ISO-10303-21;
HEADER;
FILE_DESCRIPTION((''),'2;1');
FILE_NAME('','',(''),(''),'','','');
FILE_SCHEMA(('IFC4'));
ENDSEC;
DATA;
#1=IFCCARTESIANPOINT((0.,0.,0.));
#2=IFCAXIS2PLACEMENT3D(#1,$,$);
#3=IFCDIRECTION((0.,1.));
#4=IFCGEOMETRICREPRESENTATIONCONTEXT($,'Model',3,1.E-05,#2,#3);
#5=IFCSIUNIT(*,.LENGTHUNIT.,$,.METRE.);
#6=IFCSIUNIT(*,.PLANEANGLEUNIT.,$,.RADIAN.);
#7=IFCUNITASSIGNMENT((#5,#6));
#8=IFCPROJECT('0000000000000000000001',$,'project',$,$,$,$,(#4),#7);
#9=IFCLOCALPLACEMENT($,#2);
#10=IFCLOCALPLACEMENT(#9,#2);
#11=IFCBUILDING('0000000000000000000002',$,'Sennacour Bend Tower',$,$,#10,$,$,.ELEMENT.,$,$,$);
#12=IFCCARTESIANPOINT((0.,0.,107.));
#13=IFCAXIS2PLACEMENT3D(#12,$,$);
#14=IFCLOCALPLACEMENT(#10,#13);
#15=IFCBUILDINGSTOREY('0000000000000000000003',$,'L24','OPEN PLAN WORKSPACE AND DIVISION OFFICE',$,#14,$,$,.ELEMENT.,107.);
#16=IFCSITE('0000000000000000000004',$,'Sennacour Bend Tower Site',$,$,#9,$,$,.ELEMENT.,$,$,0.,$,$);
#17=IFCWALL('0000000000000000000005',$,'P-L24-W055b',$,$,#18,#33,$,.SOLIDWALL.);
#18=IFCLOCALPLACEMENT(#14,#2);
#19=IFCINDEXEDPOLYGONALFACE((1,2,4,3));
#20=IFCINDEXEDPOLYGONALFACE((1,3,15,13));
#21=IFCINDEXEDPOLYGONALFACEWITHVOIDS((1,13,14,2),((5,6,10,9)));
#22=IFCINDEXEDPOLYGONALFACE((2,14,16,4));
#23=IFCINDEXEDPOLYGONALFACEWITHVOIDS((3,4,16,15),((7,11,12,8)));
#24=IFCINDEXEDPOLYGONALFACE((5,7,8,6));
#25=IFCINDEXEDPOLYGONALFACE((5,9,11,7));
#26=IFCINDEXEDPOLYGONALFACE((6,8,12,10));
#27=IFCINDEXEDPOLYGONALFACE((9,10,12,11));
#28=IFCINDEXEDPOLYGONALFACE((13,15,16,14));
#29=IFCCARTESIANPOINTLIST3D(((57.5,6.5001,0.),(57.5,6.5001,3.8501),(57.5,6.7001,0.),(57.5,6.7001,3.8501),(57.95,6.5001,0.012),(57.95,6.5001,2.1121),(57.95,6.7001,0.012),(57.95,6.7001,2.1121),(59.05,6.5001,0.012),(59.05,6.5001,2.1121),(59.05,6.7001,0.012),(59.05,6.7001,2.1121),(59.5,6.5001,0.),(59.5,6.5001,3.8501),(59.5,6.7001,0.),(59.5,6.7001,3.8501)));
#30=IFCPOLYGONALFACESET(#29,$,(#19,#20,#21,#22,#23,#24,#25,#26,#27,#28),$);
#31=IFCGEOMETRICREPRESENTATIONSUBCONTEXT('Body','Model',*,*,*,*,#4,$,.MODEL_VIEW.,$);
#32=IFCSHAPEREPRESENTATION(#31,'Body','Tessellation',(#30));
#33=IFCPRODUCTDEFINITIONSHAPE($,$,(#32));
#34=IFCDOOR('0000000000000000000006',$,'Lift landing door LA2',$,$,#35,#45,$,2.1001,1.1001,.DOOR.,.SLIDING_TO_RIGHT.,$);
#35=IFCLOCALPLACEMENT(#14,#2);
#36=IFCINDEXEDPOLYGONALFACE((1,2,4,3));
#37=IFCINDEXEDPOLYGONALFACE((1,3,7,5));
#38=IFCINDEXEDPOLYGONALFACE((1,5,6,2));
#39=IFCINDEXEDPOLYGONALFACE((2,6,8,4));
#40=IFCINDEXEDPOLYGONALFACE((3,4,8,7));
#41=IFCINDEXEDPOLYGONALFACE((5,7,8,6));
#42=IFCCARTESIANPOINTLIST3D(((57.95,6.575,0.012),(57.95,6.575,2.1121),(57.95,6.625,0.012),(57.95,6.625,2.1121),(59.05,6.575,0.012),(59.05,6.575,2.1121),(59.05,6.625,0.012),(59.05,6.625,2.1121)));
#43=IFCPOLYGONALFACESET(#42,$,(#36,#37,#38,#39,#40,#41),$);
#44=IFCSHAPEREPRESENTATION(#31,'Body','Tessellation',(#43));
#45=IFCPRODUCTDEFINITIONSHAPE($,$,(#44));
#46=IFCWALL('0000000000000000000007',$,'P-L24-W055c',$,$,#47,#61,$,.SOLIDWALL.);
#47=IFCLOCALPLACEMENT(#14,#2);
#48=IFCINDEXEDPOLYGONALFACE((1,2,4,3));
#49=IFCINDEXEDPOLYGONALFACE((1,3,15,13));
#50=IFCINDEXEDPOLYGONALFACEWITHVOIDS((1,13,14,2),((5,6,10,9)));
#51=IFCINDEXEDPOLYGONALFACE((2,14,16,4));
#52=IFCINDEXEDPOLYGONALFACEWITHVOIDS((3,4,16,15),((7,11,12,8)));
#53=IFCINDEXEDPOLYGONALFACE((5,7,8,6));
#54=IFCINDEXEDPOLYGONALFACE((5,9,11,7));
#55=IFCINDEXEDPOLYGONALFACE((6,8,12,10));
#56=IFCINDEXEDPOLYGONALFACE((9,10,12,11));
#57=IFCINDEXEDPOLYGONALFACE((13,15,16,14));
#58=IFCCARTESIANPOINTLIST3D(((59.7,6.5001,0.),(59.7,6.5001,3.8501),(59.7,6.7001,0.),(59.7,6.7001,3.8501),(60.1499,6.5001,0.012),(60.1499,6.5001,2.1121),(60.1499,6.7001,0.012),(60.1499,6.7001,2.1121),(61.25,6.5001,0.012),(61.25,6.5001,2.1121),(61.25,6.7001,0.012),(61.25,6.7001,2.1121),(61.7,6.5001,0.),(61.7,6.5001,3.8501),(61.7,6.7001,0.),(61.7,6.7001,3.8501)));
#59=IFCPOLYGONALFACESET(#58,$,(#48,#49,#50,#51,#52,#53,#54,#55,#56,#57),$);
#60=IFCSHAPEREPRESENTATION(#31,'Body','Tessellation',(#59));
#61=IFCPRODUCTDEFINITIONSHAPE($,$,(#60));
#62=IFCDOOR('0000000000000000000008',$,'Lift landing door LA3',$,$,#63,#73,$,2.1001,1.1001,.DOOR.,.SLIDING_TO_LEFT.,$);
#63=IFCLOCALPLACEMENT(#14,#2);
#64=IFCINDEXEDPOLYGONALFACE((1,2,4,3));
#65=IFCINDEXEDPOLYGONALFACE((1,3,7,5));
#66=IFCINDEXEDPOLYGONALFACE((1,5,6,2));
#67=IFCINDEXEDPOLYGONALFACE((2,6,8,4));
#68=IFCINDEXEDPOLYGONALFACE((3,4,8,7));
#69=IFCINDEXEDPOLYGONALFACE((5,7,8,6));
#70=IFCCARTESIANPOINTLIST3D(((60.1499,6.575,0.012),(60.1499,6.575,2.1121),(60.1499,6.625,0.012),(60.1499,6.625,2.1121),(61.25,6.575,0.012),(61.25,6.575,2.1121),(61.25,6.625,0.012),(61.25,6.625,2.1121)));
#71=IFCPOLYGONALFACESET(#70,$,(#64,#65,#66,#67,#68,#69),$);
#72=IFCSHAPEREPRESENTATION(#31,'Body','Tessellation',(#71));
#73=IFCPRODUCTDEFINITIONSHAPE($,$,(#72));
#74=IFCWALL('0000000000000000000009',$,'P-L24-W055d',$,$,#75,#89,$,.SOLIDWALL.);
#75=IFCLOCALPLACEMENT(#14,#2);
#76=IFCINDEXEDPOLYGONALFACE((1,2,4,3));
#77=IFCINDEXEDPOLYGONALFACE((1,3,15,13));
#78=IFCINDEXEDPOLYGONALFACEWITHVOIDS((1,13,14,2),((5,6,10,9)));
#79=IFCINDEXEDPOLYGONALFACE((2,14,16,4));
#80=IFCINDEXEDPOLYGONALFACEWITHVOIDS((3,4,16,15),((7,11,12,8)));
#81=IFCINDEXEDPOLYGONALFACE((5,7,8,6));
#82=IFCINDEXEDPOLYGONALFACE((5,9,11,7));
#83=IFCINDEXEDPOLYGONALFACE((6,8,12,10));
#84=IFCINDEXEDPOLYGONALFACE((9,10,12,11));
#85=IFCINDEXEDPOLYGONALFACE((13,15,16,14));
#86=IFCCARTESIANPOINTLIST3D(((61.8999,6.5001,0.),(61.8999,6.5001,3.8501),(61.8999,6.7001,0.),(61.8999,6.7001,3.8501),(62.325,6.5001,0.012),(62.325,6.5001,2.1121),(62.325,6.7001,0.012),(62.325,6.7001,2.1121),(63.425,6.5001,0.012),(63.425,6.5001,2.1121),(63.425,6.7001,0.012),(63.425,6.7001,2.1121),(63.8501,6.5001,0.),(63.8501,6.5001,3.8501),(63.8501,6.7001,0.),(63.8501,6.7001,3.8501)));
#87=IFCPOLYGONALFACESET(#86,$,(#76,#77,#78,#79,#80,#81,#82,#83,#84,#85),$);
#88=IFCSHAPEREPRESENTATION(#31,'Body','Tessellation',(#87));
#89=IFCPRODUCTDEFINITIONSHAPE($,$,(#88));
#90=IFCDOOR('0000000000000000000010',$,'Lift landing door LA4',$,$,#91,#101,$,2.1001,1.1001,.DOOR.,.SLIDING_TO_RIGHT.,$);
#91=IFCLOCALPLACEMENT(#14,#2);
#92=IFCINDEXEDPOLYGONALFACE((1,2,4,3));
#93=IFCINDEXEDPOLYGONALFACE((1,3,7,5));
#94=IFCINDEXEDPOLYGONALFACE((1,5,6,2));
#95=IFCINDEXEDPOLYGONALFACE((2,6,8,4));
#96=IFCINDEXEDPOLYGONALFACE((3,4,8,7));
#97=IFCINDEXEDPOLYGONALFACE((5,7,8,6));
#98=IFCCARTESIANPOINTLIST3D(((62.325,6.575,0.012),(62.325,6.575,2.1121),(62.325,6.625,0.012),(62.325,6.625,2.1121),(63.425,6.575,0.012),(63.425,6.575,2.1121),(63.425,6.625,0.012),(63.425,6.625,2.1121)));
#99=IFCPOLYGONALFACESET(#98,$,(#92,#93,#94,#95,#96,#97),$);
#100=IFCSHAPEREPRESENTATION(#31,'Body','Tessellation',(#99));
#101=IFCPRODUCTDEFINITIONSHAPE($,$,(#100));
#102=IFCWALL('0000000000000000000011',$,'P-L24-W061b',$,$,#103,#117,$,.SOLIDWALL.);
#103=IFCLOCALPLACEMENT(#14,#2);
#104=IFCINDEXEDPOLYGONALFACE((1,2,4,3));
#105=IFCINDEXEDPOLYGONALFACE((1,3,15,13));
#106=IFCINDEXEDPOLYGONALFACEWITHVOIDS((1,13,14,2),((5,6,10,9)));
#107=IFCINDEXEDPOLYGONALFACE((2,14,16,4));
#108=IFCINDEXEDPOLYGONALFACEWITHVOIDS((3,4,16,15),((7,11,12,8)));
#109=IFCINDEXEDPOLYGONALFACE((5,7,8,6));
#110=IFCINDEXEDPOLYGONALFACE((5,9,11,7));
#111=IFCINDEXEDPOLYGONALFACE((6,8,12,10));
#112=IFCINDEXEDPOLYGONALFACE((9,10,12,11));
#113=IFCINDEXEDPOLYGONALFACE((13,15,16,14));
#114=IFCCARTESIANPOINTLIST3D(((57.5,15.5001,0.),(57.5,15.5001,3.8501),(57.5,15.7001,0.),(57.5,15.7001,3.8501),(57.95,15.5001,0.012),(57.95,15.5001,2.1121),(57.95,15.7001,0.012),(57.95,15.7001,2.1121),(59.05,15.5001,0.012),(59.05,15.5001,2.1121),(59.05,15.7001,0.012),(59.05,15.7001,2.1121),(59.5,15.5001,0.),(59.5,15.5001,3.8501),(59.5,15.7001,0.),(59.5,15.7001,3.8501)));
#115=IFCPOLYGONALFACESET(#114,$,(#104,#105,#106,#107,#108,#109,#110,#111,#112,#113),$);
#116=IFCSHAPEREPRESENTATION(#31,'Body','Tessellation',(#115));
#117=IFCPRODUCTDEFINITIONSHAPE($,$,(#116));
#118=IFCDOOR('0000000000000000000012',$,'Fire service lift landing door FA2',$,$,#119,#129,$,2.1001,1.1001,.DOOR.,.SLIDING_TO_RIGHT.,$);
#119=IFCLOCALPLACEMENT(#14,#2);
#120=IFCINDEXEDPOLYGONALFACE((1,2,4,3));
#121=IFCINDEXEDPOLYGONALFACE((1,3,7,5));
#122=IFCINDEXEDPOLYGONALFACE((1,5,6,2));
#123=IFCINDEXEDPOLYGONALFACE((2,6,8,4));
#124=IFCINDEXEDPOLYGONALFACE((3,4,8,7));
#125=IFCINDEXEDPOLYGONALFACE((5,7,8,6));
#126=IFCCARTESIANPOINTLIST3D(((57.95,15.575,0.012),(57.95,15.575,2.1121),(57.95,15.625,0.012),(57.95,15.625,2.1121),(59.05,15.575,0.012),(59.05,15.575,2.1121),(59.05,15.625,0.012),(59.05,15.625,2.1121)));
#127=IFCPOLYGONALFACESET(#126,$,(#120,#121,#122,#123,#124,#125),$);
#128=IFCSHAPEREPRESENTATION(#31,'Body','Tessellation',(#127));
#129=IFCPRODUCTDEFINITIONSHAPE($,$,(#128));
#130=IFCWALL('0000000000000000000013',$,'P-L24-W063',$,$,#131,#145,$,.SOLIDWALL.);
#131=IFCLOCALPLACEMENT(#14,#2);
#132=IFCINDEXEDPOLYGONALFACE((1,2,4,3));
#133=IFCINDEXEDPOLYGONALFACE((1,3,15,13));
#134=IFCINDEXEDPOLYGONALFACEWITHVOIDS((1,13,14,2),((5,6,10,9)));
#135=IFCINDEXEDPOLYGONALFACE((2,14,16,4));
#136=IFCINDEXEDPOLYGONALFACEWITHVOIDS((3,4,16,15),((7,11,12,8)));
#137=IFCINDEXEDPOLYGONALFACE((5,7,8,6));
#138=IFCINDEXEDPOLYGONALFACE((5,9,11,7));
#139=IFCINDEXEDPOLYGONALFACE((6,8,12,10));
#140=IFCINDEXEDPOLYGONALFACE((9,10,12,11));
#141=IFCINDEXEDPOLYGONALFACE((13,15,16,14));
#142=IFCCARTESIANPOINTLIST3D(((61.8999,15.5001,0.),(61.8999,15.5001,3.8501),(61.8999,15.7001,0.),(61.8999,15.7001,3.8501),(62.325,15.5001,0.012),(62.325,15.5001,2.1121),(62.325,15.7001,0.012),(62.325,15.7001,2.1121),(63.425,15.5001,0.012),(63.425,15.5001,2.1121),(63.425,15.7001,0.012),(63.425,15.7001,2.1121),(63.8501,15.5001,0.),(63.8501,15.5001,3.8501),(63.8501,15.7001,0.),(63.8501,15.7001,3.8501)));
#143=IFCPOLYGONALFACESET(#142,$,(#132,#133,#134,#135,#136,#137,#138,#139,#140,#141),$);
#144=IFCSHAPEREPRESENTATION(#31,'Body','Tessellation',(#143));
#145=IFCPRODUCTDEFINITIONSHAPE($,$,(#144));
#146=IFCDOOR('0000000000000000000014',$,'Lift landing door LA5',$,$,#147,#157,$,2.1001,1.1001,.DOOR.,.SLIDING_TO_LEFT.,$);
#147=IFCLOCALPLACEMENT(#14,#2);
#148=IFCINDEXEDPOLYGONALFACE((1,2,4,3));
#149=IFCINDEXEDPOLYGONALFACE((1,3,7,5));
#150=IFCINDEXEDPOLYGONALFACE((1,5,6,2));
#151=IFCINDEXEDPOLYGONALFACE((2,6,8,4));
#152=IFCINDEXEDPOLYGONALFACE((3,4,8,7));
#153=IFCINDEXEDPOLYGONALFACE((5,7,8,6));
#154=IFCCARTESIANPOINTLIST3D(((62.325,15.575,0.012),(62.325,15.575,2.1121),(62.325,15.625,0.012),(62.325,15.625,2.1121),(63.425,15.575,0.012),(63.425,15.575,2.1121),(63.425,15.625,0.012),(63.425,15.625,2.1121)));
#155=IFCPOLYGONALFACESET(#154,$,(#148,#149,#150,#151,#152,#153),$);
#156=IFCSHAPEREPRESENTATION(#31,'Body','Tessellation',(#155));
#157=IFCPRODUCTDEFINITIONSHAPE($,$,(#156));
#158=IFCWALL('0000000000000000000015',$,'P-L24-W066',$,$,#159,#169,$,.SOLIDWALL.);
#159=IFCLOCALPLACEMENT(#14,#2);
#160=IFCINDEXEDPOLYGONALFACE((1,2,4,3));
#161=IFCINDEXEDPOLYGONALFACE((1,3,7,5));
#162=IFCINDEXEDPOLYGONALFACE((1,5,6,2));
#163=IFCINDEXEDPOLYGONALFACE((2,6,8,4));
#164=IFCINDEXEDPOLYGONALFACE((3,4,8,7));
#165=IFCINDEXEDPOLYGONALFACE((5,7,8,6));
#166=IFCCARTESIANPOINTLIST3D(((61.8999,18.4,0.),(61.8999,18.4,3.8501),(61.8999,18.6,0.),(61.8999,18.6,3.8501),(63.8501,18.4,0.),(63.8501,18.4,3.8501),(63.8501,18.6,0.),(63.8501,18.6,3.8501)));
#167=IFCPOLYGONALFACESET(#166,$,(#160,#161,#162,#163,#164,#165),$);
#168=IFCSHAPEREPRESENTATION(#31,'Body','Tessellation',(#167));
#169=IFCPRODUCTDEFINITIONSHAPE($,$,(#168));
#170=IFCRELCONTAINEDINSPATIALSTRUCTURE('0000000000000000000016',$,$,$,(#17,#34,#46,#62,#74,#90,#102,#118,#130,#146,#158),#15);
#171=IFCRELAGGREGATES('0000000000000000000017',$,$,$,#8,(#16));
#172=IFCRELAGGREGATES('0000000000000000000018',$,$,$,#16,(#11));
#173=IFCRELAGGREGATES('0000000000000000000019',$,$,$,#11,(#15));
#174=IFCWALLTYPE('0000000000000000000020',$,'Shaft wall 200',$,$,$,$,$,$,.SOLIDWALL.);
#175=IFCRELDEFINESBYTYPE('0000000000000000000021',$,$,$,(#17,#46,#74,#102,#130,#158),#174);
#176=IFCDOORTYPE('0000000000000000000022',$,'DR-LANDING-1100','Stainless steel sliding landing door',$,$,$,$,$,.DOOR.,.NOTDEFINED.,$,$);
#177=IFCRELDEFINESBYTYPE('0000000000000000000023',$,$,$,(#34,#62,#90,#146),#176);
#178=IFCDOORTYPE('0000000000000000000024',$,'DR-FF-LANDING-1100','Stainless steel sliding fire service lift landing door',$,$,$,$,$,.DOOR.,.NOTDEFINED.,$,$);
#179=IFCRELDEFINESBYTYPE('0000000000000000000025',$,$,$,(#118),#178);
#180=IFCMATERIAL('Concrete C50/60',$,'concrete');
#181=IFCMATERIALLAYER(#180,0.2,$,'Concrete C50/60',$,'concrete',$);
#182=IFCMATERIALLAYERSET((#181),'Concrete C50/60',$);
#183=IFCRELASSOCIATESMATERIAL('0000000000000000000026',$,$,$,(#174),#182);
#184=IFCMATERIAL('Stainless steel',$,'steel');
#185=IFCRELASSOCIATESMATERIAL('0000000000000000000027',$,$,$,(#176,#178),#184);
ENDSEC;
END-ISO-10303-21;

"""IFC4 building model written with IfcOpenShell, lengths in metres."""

from ifc_helpers import new_model, si_unit, direction, frame, frame_2d, origin, place, context, subcontext, project, spatial, rectangle, extrude, material, layer, layer_set, type_object, element, fill, save


model = new_model("IFC4")

# Units and contexts
model_context = context("Model", 3, precision=1e-05, world=origin(), true_north=direction((0.0, 1.0)))
body_context = subcontext(model_context, "Body", "Model", "MODEL_VIEW")
ifc_project = project(units=[si_unit("LENGTHUNIT", "METRE"), si_unit("PLANEANGLEUNIT", "RADIAN")], contexts=[model_context])

# Site, building, storey
site_placement = place(None, origin())
site = spatial("IfcSite", under=ifc_project, at=site_placement, Name="Sennacour Bend Tower Site", CompositionType="ELEMENT", RefElevation=0.0)
building_placement = place(site_placement, origin())
building = spatial("IfcBuilding", under=site, at=building_placement, Name="Sennacour Bend Tower", CompositionType="ELEMENT")
storey_placement = place(building_placement, frame((0.0, 0.0, 107.0)))
storey = spatial("IfcBuildingStorey", under=building, at=storey_placement, Name="L24", Description="OPEN PLAN WORKSPACE AND DIVISION OFFICE", CompositionType="ELEMENT", Elevation=107.0)

# Shared definitions
ifc_material_1 = material(Name="Concrete C50/60", Category="concrete")
ifc_layer_1 = layer(ifc_material_1, 0.2, Name="Concrete C50/60", Category="concrete")
ifc_layer_set_1 = layer_set([ifc_layer_1], Name="Concrete C50/60")
wall_type_1 = type_object("IfcWallType", Name="Shaft wall 200", PredefinedType="SOLIDWALL", material=ifc_layer_set_1)

# Walls, openings, doors
wall_1_placement = place(storey_placement, frame((57.5, 6.6001, 0.0), z_axis=(0.0, 0.0, 1.0), x_axis=(1.0, 0.0, 0.0)))
wall_1 = element("IfcWall", 1, at=wall_1_placement, inside=storey, type_object=wall_type_1, Name="P-L24-W055b", PredefinedType="SOLIDWALL", context=body_context, shape_type="SweptSolid", body=[
    extrude(rectangle(XDim=2.0, YDim=0.2, at=frame_2d((1.0, 0.0))), origin(), (0.0, 0.0, 1.0), 3.8501),
])
opening_1_placement = place(wall_1_placement, frame((0.45, 0.0, 0.012)))
opening_1 = element("IfcOpeningElement", 2, at=opening_1_placement, cuts=wall_1, PredefinedType="OPENING", context=body_context, shape_type="SweptSolid", body=[
    extrude(rectangle(XDim=1.1001, YDim=2.1001, at=frame_2d((0.55, 1.05))), frame((0.0, 0.1099, 0.0), z_axis=(0.0, -1.0, 0.0), x_axis=(1.0, 0.0, 0.0)), (0.0, 0.0, 1.0), 0.22),
])
ifc_material_2 = material(Name="Stainless steel", Category="steel")
door_type_1 = type_object("IfcDoorType", Name="DR-LANDING-1100", Description="Stainless steel sliding landing door", OperationType="NOTDEFINED", PredefinedType="DOOR", material=ifc_material_2)
door_1_placement = place(opening_1_placement, origin())
door_1 = element("IfcDoor", 3, at=door_1_placement, inside=storey, type_object=door_type_1, Name="Lift landing door LA2", OperationType="SLIDING_TO_RIGHT", OverallHeight=2.1001, OverallWidth=1.1001, PredefinedType="DOOR", context=body_context, shape_type="SweptSolid", body=[
    extrude(rectangle(XDim=1.1001, YDim=2.1001, at=frame_2d((0.55, 1.05))), frame((0.0, 0.0249, 0.0), z_axis=(0.0, -1.0, 0.0), x_axis=(1.0, 0.0, 0.0)), (0.0, 0.0, 1.0), 0.05),
])
fill(opening_1, door_1)
wall_2_placement = place(storey_placement, frame((59.7, 6.6001, 0.0), z_axis=(0.0, 0.0, 1.0), x_axis=(1.0, 0.0, 0.0)))
wall_2 = element("IfcWall", 4, at=wall_2_placement, inside=storey, type_object=wall_type_1, Name="P-L24-W055c", PredefinedType="SOLIDWALL", context=body_context, shape_type="SweptSolid", body=[
    extrude(rectangle(XDim=2.0, YDim=0.2, at=frame_2d((1.0, 0.0))), origin(), (0.0, 0.0, 1.0), 3.8501),
])
opening_2_placement = place(wall_2_placement, frame((0.45, 0.0, 0.012)))
opening_2 = element("IfcOpeningElement", 5, at=opening_2_placement, cuts=wall_2, PredefinedType="OPENING", context=body_context, shape_type="SweptSolid", body=[
    extrude(rectangle(XDim=1.1001, YDim=2.1001, at=frame_2d((0.55, 1.05))), frame((0.0, 0.1099, 0.0), z_axis=(0.0, -1.0, 0.0), x_axis=(1.0, 0.0, 0.0)), (0.0, 0.0, 1.0), 0.22),
])
door_2_placement = place(opening_2_placement, origin())
door_2 = element("IfcDoor", 6, at=door_2_placement, inside=storey, type_object=door_type_1, Name="Lift landing door LA3", OperationType="SLIDING_TO_LEFT", OverallHeight=2.1001, OverallWidth=1.1001, PredefinedType="DOOR", context=body_context, shape_type="SweptSolid", body=[
    extrude(rectangle(XDim=1.1001, YDim=2.1001, at=frame_2d((0.55, 1.05))), frame((0.0, 0.0249, 0.0), z_axis=(0.0, -1.0, 0.0), x_axis=(1.0, 0.0, 0.0)), (0.0, 0.0, 1.0), 0.05),
])
fill(opening_2, door_2)
wall_3_placement = place(storey_placement, frame((61.8999, 6.6001, 0.0), z_axis=(0.0, 0.0, 1.0), x_axis=(1.0, 0.0, 0.0)))
wall_3 = element("IfcWall", 7, at=wall_3_placement, inside=storey, type_object=wall_type_1, Name="P-L24-W055d", PredefinedType="SOLIDWALL", context=body_context, shape_type="SweptSolid", body=[
    extrude(rectangle(XDim=1.9502, YDim=0.2, at=frame_2d((0.9751, 0.0))), origin(), (0.0, 0.0, 1.0), 3.8501),
])
opening_3_placement = place(wall_3_placement, frame((0.425, 0.0, 0.012)))
opening_3 = element("IfcOpeningElement", 8, at=opening_3_placement, cuts=wall_3, PredefinedType="OPENING", context=body_context, shape_type="SweptSolid", body=[
    extrude(rectangle(XDim=1.1001, YDim=2.1001, at=frame_2d((0.55, 1.05))), frame((0.0, 0.1099, 0.0), z_axis=(0.0, -1.0, 0.0), x_axis=(1.0, 0.0, 0.0)), (0.0, 0.0, 1.0), 0.22),
])
door_3_placement = place(opening_3_placement, origin())
door_3 = element("IfcDoor", 9, at=door_3_placement, inside=storey, type_object=door_type_1, Name="Lift landing door LA4", OperationType="SLIDING_TO_RIGHT", OverallHeight=2.1001, OverallWidth=1.1001, PredefinedType="DOOR", context=body_context, shape_type="SweptSolid", body=[
    extrude(rectangle(XDim=1.1001, YDim=2.1001, at=frame_2d((0.55, 1.05))), frame((0.0, 0.0249, 0.0), z_axis=(0.0, -1.0, 0.0), x_axis=(1.0, 0.0, 0.0)), (0.0, 0.0, 1.0), 0.05),
])
fill(opening_3, door_3)
wall_4_placement = place(storey_placement, frame((57.5, 15.6001, 0.0), z_axis=(0.0, 0.0, 1.0), x_axis=(1.0, 0.0, 0.0)))
wall_4 = element("IfcWall", 10, at=wall_4_placement, inside=storey, type_object=wall_type_1, Name="P-L24-W061b", PredefinedType="SOLIDWALL", context=body_context, shape_type="SweptSolid", body=[
    extrude(rectangle(XDim=2.0, YDim=0.2, at=frame_2d((1.0, 0.0))), origin(), (0.0, 0.0, 1.0), 3.8501),
])
opening_4_placement = place(wall_4_placement, frame((0.45, 0.0, 0.012)))
opening_4 = element("IfcOpeningElement", 11, at=opening_4_placement, cuts=wall_4, PredefinedType="OPENING", context=body_context, shape_type="SweptSolid", body=[
    extrude(rectangle(XDim=1.1001, YDim=2.1001, at=frame_2d((0.55, 1.05))), frame((0.0, 0.1099, 0.0), z_axis=(0.0, -1.0, 0.0), x_axis=(1.0, 0.0, 0.0)), (0.0, 0.0, 1.0), 0.22),
])
door_type_2 = type_object("IfcDoorType", Name="DR-FF-LANDING-1100", Description="Stainless steel sliding fire service lift landing door", OperationType="NOTDEFINED", PredefinedType="DOOR", material=ifc_material_2)
door_4_placement = place(opening_4_placement, origin())
door_4 = element("IfcDoor", 12, at=door_4_placement, inside=storey, type_object=door_type_2, Name="Fire service lift landing door FA2", OperationType="SLIDING_TO_RIGHT", OverallHeight=2.1001, OverallWidth=1.1001, PredefinedType="DOOR", context=body_context, shape_type="SweptSolid", body=[
    extrude(rectangle(XDim=1.1001, YDim=2.1001, at=frame_2d((0.55, 1.05))), frame((0.0, 0.0249, 0.0), z_axis=(0.0, -1.0, 0.0), x_axis=(1.0, 0.0, 0.0)), (0.0, 0.0, 1.0), 0.05),
])
fill(opening_4, door_4)
wall_5_placement = place(storey_placement, frame((61.8999, 15.6001, 0.0), z_axis=(0.0, 0.0, 1.0), x_axis=(1.0, 0.0, 0.0)))
wall_5 = element("IfcWall", 13, at=wall_5_placement, inside=storey, type_object=wall_type_1, Name="P-L24-W063", PredefinedType="SOLIDWALL", context=body_context, shape_type="SweptSolid", body=[
    extrude(rectangle(XDim=1.9502, YDim=0.2, at=frame_2d((0.9751, 0.0))), origin(), (0.0, 0.0, 1.0), 3.8501),
])
opening_5_placement = place(wall_5_placement, frame((0.425, 0.0, 0.012)))
opening_5 = element("IfcOpeningElement", 14, at=opening_5_placement, cuts=wall_5, PredefinedType="OPENING", context=body_context, shape_type="SweptSolid", body=[
    extrude(rectangle(XDim=1.1001, YDim=2.1001, at=frame_2d((0.55, 1.05))), frame((0.0, 0.1099, 0.0), z_axis=(0.0, -1.0, 0.0), x_axis=(1.0, 0.0, 0.0)), (0.0, 0.0, 1.0), 0.22),
])
door_5_placement = place(opening_5_placement, origin())
door_5 = element("IfcDoor", 15, at=door_5_placement, inside=storey, type_object=door_type_1, Name="Lift landing door LA5", OperationType="SLIDING_TO_LEFT", OverallHeight=2.1001, OverallWidth=1.1001, PredefinedType="DOOR", context=body_context, shape_type="SweptSolid", body=[
    extrude(rectangle(XDim=1.1001, YDim=2.1001, at=frame_2d((0.55, 1.05))), frame((0.0, 0.0249, 0.0), z_axis=(0.0, -1.0, 0.0), x_axis=(1.0, 0.0, 0.0)), (0.0, 0.0, 1.0), 0.05),
])
fill(opening_5, door_5)

# Wall
wall_6_placement = place(storey_placement, frame((61.8999, 18.5, 0.0), z_axis=(0.0, 0.0, 1.0), x_axis=(1.0, 0.0, 0.0)))
element("IfcWall", 16, at=wall_6_placement, inside=storey, type_object=wall_type_1, Name="P-L24-W066", PredefinedType="SOLIDWALL", context=body_context, shape_type="SweptSolid", body=[
    extrude(rectangle(XDim=1.9502, YDim=0.2, at=frame_2d((0.9751, 0.0))), origin(), (0.0, 0.0, 1.0), 3.8501),
])

save(model, "model.ifc")
